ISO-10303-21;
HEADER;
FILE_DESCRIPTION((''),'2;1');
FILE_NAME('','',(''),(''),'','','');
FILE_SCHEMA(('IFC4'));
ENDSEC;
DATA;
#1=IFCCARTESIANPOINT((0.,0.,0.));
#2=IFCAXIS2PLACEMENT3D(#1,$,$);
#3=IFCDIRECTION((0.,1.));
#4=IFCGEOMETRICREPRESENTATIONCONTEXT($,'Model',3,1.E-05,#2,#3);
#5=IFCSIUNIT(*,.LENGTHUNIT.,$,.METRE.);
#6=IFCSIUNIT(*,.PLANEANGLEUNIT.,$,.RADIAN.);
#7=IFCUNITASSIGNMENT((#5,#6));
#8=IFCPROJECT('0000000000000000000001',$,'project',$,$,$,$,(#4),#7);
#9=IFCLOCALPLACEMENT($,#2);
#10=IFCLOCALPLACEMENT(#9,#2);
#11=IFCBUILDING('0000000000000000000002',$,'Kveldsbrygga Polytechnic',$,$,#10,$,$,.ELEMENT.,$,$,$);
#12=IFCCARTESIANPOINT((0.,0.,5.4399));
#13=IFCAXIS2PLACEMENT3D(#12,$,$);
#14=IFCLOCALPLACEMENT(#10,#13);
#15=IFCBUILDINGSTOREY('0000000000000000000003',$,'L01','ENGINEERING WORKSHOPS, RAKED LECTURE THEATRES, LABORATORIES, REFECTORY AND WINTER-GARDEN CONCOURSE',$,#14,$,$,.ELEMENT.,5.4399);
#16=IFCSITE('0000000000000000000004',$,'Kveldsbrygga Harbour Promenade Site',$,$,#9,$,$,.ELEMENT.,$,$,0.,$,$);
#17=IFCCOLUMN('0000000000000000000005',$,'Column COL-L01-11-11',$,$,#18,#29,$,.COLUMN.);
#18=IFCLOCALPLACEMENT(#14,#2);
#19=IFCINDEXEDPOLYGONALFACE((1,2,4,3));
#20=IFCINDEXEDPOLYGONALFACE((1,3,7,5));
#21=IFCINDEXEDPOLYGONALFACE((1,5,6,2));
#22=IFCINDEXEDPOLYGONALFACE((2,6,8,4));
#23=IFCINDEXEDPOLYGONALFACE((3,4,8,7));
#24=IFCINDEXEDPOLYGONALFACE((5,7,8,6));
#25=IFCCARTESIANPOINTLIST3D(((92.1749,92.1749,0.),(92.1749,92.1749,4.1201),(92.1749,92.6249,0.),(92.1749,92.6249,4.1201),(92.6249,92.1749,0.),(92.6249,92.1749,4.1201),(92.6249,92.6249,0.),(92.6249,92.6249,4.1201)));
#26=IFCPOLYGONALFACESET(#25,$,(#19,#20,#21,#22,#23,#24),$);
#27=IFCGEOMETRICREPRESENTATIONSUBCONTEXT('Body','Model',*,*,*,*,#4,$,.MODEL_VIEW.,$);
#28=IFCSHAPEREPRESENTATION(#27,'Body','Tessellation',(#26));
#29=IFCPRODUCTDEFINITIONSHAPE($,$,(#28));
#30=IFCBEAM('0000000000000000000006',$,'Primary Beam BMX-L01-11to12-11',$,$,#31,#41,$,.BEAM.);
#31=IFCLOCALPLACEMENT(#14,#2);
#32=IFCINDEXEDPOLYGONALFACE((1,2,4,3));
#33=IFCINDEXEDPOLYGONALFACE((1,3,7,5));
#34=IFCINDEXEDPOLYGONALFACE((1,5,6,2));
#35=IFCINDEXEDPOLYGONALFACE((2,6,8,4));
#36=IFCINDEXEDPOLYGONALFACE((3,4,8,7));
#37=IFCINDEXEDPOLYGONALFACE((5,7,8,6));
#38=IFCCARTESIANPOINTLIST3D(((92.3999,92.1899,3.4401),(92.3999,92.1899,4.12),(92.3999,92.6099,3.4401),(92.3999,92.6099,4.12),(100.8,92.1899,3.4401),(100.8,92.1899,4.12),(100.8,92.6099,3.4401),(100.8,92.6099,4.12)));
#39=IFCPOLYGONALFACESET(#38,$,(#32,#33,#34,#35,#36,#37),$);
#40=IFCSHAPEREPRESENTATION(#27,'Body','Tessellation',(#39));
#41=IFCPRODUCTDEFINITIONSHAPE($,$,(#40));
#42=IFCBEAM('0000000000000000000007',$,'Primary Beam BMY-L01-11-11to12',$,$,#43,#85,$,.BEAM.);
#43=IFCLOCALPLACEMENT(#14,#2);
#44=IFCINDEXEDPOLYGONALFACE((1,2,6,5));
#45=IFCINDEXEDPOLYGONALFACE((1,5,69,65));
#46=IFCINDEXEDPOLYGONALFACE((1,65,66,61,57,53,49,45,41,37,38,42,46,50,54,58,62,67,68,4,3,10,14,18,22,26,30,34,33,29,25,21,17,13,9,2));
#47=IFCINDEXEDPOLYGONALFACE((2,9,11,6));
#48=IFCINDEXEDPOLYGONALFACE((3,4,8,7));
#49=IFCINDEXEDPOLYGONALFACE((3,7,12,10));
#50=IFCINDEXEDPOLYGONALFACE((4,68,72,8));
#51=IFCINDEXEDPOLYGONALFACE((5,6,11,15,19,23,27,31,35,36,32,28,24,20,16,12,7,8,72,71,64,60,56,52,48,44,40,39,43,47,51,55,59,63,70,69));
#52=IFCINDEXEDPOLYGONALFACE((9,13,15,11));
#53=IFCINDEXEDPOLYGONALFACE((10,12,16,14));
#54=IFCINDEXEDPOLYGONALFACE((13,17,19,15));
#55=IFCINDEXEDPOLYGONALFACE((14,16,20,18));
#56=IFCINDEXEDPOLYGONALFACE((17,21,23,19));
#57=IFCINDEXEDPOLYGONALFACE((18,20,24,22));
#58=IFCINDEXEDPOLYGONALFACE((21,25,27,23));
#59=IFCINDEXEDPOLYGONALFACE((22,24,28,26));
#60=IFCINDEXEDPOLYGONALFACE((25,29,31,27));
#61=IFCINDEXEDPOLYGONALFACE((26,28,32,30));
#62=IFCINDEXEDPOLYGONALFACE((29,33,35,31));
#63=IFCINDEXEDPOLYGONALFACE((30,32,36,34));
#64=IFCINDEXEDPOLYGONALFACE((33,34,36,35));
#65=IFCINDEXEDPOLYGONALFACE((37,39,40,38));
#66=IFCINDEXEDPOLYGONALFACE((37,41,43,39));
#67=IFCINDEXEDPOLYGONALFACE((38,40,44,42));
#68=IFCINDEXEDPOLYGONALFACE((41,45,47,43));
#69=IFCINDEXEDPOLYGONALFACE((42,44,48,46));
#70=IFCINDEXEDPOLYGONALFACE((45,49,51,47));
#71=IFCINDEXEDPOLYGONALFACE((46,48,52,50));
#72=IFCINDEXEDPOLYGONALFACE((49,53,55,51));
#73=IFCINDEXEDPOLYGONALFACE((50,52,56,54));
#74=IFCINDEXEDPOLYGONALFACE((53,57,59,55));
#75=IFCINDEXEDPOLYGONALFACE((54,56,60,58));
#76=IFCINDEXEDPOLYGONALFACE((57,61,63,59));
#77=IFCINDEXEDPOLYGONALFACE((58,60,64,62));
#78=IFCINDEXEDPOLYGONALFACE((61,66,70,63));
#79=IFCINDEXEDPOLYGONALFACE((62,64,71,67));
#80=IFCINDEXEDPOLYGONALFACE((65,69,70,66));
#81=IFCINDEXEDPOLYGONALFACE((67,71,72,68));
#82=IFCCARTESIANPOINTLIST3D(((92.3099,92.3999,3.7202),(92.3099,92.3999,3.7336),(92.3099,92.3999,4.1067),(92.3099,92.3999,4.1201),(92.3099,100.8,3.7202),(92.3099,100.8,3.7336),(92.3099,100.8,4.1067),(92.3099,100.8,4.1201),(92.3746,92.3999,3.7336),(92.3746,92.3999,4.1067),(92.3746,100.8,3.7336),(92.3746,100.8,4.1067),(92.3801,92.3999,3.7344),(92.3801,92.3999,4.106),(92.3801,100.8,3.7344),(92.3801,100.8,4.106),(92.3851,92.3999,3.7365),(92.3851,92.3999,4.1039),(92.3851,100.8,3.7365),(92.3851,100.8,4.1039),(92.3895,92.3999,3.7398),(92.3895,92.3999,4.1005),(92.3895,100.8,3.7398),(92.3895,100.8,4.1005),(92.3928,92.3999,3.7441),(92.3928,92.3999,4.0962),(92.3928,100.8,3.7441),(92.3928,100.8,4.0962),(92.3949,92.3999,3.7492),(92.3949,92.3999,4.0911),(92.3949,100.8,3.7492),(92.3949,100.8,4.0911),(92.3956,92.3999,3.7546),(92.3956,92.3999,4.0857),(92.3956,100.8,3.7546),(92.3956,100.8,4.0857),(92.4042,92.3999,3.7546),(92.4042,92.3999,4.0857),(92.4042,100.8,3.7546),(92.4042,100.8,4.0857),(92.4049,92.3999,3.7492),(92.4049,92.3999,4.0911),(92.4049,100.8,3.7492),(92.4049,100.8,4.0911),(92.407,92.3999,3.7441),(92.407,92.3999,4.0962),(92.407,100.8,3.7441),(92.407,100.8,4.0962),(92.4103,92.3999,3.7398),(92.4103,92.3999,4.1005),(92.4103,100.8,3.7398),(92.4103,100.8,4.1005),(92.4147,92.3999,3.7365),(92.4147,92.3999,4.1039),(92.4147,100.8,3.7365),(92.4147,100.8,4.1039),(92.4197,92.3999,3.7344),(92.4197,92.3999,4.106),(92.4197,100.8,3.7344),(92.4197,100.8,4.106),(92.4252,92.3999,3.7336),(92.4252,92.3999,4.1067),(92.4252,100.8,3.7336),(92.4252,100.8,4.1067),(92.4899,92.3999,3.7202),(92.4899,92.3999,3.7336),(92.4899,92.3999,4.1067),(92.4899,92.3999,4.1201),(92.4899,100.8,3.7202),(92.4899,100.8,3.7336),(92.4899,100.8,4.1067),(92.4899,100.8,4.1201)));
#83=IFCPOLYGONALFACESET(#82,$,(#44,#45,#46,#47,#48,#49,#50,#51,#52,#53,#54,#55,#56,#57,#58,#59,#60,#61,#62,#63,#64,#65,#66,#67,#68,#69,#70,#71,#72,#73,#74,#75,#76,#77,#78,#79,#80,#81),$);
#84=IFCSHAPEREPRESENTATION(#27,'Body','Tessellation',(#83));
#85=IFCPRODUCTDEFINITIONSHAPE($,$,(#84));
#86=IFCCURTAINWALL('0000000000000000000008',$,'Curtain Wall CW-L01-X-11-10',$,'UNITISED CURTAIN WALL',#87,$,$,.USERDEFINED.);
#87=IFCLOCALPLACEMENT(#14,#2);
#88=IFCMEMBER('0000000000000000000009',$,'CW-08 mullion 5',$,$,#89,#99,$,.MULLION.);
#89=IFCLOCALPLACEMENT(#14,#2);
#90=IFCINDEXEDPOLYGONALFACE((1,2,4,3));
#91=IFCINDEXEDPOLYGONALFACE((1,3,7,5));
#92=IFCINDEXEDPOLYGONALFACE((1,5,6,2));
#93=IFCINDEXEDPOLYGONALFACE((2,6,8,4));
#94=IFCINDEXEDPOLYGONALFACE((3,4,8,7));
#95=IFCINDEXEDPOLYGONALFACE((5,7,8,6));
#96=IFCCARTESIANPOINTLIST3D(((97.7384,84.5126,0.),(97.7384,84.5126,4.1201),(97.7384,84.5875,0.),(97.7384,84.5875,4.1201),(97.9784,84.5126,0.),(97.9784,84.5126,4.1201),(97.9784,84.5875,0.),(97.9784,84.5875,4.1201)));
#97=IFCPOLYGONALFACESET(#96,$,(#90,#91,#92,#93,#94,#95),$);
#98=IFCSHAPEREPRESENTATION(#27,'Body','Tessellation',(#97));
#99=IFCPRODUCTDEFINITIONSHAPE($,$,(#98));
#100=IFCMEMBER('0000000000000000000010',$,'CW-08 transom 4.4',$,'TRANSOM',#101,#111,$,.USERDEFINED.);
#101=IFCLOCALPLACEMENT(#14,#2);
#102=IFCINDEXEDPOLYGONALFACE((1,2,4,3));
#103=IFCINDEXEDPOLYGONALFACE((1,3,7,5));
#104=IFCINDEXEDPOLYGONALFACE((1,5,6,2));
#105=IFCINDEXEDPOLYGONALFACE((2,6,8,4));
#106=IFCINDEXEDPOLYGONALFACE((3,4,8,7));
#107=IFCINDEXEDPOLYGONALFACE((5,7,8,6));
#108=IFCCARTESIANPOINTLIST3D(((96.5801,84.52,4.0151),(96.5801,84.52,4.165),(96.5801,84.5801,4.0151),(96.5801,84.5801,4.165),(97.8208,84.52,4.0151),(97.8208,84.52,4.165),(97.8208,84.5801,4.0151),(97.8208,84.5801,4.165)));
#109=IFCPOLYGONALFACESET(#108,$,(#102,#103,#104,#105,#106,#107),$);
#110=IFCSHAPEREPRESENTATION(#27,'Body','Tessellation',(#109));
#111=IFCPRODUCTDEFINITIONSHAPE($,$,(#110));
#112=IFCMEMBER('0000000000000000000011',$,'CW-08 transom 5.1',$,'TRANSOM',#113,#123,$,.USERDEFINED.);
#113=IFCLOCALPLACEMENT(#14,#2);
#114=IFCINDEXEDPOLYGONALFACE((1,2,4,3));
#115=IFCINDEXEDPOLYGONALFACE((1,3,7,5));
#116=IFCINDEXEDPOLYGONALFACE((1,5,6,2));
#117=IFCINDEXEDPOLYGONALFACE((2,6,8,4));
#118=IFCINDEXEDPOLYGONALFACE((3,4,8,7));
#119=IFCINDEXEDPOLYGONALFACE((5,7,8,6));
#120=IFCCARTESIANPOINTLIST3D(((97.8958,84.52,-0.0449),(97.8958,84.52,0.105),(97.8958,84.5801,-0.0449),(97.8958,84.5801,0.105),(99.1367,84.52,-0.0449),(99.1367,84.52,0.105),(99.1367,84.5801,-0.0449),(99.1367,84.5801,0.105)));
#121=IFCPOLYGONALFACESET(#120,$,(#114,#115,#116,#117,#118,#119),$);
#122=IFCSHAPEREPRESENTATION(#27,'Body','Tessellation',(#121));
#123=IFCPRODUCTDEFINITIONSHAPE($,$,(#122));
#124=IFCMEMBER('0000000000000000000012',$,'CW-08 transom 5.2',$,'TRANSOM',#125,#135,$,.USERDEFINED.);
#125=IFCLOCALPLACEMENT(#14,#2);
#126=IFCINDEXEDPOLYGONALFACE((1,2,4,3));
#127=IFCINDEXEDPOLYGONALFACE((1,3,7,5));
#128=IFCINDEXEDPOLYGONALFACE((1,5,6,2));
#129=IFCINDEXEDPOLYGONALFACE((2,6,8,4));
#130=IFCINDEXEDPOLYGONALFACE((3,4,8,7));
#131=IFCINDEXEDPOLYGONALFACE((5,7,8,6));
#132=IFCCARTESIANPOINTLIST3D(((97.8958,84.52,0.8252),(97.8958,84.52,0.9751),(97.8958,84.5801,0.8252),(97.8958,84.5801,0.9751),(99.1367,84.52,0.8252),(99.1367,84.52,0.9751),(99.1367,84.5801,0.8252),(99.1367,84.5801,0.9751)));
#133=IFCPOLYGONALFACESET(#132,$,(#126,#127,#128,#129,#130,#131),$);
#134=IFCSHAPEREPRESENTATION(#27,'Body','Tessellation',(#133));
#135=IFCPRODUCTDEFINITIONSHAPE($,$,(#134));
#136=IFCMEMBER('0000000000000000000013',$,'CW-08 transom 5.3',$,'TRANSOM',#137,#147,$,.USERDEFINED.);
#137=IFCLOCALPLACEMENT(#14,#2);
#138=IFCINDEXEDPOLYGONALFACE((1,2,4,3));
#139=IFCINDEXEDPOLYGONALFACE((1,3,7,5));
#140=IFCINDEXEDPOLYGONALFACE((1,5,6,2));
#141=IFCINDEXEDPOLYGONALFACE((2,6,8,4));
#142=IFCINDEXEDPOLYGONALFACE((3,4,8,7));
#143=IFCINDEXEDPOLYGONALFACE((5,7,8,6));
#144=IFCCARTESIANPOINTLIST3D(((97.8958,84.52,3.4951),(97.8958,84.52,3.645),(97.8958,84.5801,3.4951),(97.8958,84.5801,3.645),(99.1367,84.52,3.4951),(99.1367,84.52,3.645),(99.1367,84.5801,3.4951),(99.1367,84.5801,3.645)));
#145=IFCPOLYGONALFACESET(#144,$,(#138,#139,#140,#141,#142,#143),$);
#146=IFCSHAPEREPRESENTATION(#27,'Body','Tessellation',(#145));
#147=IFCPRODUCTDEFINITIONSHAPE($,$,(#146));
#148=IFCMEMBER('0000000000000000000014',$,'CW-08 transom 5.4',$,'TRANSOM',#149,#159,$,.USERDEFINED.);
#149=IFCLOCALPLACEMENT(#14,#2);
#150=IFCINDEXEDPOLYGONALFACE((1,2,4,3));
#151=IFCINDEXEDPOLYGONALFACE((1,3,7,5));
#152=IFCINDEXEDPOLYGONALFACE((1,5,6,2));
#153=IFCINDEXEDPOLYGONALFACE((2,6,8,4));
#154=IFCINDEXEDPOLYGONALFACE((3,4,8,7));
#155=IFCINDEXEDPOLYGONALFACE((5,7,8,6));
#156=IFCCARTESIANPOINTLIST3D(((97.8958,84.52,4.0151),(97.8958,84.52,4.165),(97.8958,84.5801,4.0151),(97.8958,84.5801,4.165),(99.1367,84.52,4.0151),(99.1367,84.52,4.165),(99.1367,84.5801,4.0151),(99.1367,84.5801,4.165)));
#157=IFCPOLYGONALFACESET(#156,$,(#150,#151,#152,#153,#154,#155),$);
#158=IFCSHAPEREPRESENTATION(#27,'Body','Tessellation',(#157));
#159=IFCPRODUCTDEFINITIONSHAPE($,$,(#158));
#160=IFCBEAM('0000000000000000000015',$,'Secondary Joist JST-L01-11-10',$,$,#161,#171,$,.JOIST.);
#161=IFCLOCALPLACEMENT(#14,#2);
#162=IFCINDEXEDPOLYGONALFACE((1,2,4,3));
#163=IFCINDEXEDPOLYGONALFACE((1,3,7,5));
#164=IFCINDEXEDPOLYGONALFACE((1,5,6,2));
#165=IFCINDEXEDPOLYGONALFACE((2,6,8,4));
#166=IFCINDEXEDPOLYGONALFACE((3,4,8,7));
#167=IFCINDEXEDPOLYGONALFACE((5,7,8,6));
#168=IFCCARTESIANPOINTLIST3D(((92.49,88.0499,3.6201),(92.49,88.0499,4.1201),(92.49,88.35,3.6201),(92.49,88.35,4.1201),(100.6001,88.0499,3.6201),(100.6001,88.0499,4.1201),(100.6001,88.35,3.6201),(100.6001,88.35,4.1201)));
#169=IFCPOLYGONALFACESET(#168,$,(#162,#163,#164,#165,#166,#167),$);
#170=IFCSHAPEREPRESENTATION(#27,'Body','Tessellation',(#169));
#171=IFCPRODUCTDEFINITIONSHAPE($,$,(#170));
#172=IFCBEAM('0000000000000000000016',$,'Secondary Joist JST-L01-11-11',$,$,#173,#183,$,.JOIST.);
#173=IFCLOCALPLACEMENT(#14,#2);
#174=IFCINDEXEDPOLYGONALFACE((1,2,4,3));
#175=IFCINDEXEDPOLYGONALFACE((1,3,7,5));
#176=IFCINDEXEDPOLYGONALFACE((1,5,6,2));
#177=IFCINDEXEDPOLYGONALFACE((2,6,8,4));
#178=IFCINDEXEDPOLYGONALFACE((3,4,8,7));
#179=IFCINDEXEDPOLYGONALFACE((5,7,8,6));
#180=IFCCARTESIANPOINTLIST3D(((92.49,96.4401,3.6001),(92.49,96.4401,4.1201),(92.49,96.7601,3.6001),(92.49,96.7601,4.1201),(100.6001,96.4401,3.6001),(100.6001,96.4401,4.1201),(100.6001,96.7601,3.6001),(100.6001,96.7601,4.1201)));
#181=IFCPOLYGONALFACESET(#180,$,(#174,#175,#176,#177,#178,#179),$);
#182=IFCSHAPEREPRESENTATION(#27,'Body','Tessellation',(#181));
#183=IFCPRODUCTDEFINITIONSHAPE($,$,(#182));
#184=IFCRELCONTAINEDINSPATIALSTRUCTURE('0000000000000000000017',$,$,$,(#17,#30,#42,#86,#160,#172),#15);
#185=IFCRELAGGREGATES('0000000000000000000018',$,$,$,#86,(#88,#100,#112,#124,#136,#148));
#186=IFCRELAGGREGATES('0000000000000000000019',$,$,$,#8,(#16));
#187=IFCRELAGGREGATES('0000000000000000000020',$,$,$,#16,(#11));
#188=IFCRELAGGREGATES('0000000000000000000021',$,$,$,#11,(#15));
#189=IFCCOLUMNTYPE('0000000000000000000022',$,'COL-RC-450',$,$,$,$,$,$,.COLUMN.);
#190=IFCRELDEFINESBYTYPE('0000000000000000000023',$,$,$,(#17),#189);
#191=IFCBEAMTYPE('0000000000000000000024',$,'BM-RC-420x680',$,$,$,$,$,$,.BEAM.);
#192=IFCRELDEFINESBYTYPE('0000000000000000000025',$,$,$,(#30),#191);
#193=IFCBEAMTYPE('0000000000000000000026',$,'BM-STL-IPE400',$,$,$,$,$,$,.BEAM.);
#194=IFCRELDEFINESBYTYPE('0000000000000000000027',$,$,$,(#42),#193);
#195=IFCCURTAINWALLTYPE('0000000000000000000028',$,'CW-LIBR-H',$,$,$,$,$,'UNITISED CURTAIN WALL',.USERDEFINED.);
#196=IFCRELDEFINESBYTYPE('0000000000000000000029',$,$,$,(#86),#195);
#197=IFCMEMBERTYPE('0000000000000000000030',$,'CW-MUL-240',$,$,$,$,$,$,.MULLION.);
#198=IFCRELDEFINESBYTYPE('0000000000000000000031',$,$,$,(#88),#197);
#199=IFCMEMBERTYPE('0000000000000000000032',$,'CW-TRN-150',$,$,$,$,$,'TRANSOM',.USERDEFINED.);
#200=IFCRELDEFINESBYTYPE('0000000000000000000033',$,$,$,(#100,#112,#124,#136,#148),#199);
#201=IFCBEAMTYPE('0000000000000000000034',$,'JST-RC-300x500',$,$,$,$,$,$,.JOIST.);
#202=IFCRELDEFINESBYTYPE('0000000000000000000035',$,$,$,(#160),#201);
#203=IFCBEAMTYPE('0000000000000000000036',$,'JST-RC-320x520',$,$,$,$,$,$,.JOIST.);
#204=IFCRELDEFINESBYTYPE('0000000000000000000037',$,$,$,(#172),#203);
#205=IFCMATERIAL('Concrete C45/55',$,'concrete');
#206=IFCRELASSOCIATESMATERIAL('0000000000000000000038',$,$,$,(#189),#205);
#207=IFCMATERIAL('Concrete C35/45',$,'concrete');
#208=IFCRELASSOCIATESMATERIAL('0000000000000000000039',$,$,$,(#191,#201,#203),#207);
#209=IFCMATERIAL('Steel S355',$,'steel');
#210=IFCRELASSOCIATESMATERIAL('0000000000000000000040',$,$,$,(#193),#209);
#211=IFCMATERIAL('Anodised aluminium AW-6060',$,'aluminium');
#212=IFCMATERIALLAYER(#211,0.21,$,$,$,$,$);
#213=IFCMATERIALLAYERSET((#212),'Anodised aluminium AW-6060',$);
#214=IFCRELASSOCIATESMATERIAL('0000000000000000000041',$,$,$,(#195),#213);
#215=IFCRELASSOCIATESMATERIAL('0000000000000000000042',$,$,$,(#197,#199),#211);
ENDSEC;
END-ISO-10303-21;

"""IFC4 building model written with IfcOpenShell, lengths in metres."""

from ifc_helpers import new_model, si_unit, direction, frame, origin, origin_2d, place, context, subcontext, project, spatial, rectangle, i_section, extrude, material, layer, layer_set, material_profile, profile_set, type_object, element, aggregate, save


model = new_model("IFC4")

# Units and contexts
model_context = context("Model", 3, precision=1e-05, world=origin(), true_north=direction((0.0, 1.0)))
body_context = subcontext(model_context, "Body", "Model", "MODEL_VIEW")
ifc_project = project(units=[si_unit("LENGTHUNIT", "METRE"), si_unit("PLANEANGLEUNIT", "RADIAN")], contexts=[model_context])

# Site, building, storey
site_placement = place(None, origin())
site = spatial("IfcSite", under=ifc_project, at=site_placement, Name="Kveldsbrygga Harbour Promenade Site", CompositionType="ELEMENT", RefElevation=0.0)
building_placement = place(site_placement, origin())
building = spatial("IfcBuilding", under=site, at=building_placement, Name="Kveldsbrygga Polytechnic", CompositionType="ELEMENT")
storey_placement = place(building_placement, frame((0.0, 0.0, 5.4399)))
storey = spatial("IfcBuildingStorey", under=building, at=storey_placement, Name="L01", Description="ENGINEERING WORKSHOPS, RAKED LECTURE THEATRES, LABORATORIES, REFECTORY AND WINTER-GARDEN CONCOURSE", CompositionType="ELEMENT", Elevation=5.4399)

# Column
ifc_material_1 = material(Name="Concrete C45/55", Category="concrete")
ifc_material_profile_1 = material_profile(ifc_material_1, rectangle(XDim=0.45, YDim=0.45, at=origin_2d()), Name="RC 450x450")
ifc_profile_set_1 = profile_set([ifc_material_profile_1], Name="Concrete C45/55")
column_type = type_object("IfcColumnType", Name="COL-RC-450", PredefinedType="COLUMN", material=ifc_profile_set_1)
column_placement = place(storey_placement, frame((92.3999, 92.3999, 0.0), z_axis=(0.0, 0.0, 1.0), x_axis=(1.0, 0.0, 0.0)))
element("IfcColumn", 1, at=column_placement, inside=storey, type_object=column_type, Name="Column COL-L01-11-11", PredefinedType="COLUMN", context=body_context, shape_type="SweptSolid", body=[
    extrude(rectangle(XDim=0.45, YDim=0.45, at=origin_2d()), origin(), (0.0, 0.0, 1.0), 4.1201),
])

# Beams
ifc_material_2 = material(Name="Concrete C35/45", Category="concrete")
ifc_material_profile_2 = material_profile(ifc_material_2, rectangle(XDim=0.4199, YDim=0.6799, at=origin_2d()), Name="RC 420x680")
ifc_profile_set_2 = profile_set([ifc_material_profile_2], Name="Concrete C35/45")
beam_type_1 = type_object("IfcBeamType", Name="BM-RC-420x680", PredefinedType="BEAM", material=ifc_profile_set_2)
beam_1_placement = place(storey_placement, frame((92.3999, 92.3999, 3.78), z_axis=(1.0, 0.0, 0.0), x_axis=(0.0, 1.0, 0.0)))
element("IfcBeam", 2, at=beam_1_placement, inside=storey, type_object=beam_type_1, Name="Primary Beam BMX-L01-11to12-11", PredefinedType="BEAM", context=body_context, shape_type="SweptSolid", body=[
    extrude(rectangle(XDim=0.4199, YDim=0.6799, at=origin_2d()), origin(), (0.0, 0.0, 1.0), 8.4001),
])
ifc_material_3 = material(Name="Steel S355", Category="steel")
ifc_material_profile_3 = material_profile(ifc_material_3, i_section(OverallWidth=0.1799, OverallDepth=0.3999, WebThickness=0.0085, FlangeThickness=0.0134, FilletRadius=0.021, at=origin_2d()), Name="IPE 400")
ifc_profile_set_3 = profile_set([ifc_material_profile_3], Name="Steel S355")
beam_type_2 = type_object("IfcBeamType", Name="BM-STL-IPE400", PredefinedType="BEAM", material=ifc_profile_set_3)
beam_2_placement = place(storey_placement, frame((92.3999, 92.3999, 3.9202), z_axis=(0.0, 1.0, 0.0), x_axis=(-1.0, 0.0, 0.0)))
element("IfcBeam", 3, at=beam_2_placement, inside=storey, type_object=beam_type_2, Name="Primary Beam BMY-L01-11-11to12", PredefinedType="BEAM", context=body_context, shape_type="SweptSolid", body=[
    extrude(i_section(OverallWidth=0.1799, OverallDepth=0.3999, WebThickness=0.0085, FlangeThickness=0.0134, FilletRadius=0.021, at=origin_2d()), origin(), (0.0, 0.0, 1.0), 8.4001),
])

# Curtain wall, members
ifc_material_4 = material(Name="Anodised aluminium AW-6060", Category="aluminium")
ifc_layer_1 = layer(ifc_material_4, 0.21)
ifc_layer_set_1 = layer_set([ifc_layer_1], Name="Anodised aluminium AW-6060")
curtain_wall_type_1 = type_object("IfcCurtainWallType", Name="CW-LIBR-H", ElementType="UNITISED CURTAIN WALL", PredefinedType="USERDEFINED", material=ifc_layer_set_1)
curtain_wall_1_placement = place(storey_placement, origin())
curtain_wall_1 = element("IfcCurtainWall", 4, at=curtain_wall_1_placement, inside=storey, type_object=curtain_wall_type_1, Name="Curtain Wall CW-L01-X-11-10", ObjectType="UNITISED CURTAIN WALL", PredefinedType="USERDEFINED")
ifc_material_profile_4 = material_profile(ifc_material_4, rectangle(XDim=0.075, YDim=0.24, at=origin_2d()), Name="ALU 75x240")
ifc_profile_set_4 = profile_set([ifc_material_profile_4], Name="Anodised aluminium AW-6060")
member_type_1 = type_object("IfcMemberType", Name="CW-MUL-240", PredefinedType="MULLION", material=ifc_profile_set_4)
member_1_placement = place(storey_placement, frame((97.8584, 84.55, 0.0), z_axis=(0.0, 0.0, 1.0), x_axis=(0.0, 1.0, 0.0)))
member_1 = element("IfcMember", 5, at=member_1_placement, type_object=member_type_1, Name="CW-08 mullion 5", PredefinedType="MULLION", context=body_context, shape_type="SweptSolid", body=[
    extrude(rectangle(XDim=0.075, YDim=0.24, at=origin_2d()), origin(), (0.0, 0.0, 1.0), 4.1201),
])
ifc_material_profile_5 = material_profile(ifc_material_4, rectangle(XDim=0.0601, YDim=0.1499, at=origin_2d()), Name="ALU 60x150")
ifc_profile_set_5 = profile_set([ifc_material_profile_5], Name="Anodised aluminium AW-6060")
member_type_2 = type_object("IfcMemberType", Name="CW-TRN-150", ElementType="TRANSOM", PredefinedType="USERDEFINED", material=ifc_profile_set_5)
member_2_placement = place(storey_placement, frame((96.5801, 84.55, 4.0901), z_axis=(1.0, 0.0, 0.0), x_axis=(0.0, 1.0, 0.0)))
member_2 = element("IfcMember", 6, at=member_2_placement, type_object=member_type_2, Name="CW-08 transom 4.4", ObjectType="TRANSOM", PredefinedType="USERDEFINED", context=body_context, shape_type="SweptSolid", body=[
    extrude(rectangle(XDim=0.0601, YDim=0.1499, at=origin_2d()), origin(), (0.0, 0.0, 1.0), 1.2407),
])
member_3_placement = place(storey_placement, frame((97.8958, 84.55, 0.03), z_axis=(1.0, 0.0, 0.0), x_axis=(0.0, 1.0, 0.0)))
member_3 = element("IfcMember", 7, at=member_3_placement, type_object=member_type_2, Name="CW-08 transom 5.1", ObjectType="TRANSOM", PredefinedType="USERDEFINED", context=body_context, shape_type="SweptSolid", body=[
    extrude(rectangle(XDim=0.0601, YDim=0.1499, at=origin_2d()), origin(), (0.0, 0.0, 1.0), 1.241),
])
member_4_placement = place(storey_placement, frame((97.8958, 84.55, 0.9001), z_axis=(1.0, 0.0, 0.0), x_axis=(0.0, 1.0, 0.0)))
member_4 = element("IfcMember", 8, at=member_4_placement, type_object=member_type_2, Name="CW-08 transom 5.2", ObjectType="TRANSOM", PredefinedType="USERDEFINED", context=body_context, shape_type="SweptSolid", body=[
    extrude(rectangle(XDim=0.0601, YDim=0.1499, at=origin_2d()), origin(), (0.0, 0.0, 1.0), 1.241),
])
member_5_placement = place(storey_placement, frame((97.8958, 84.55, 3.5701), z_axis=(1.0, 0.0, 0.0), x_axis=(0.0, 1.0, 0.0)))
member_5 = element("IfcMember", 9, at=member_5_placement, type_object=member_type_2, Name="CW-08 transom 5.3", ObjectType="TRANSOM", PredefinedType="USERDEFINED", context=body_context, shape_type="SweptSolid", body=[
    extrude(rectangle(XDim=0.0601, YDim=0.1499, at=origin_2d()), origin(), (0.0, 0.0, 1.0), 1.241),
])
member_6_placement = place(storey_placement, frame((97.8958, 84.55, 4.0901), z_axis=(1.0, 0.0, 0.0), x_axis=(0.0, 1.0, 0.0)))
member_6 = element("IfcMember", 10, at=member_6_placement, type_object=member_type_2, Name="CW-08 transom 5.4", ObjectType="TRANSOM", PredefinedType="USERDEFINED", context=body_context, shape_type="SweptSolid", body=[
    extrude(rectangle(XDim=0.0601, YDim=0.1499, at=origin_2d()), origin(), (0.0, 0.0, 1.0), 1.241),
])

# Beams
ifc_material_profile_6 = material_profile(ifc_material_2, rectangle(XDim=0.3, YDim=0.5, at=origin_2d()), Name="RC 300x500")
ifc_profile_set_6 = profile_set([ifc_material_profile_6], Name="Concrete C35/45")
beam_type_3 = type_object("IfcBeamType", Name="JST-RC-300x500", PredefinedType="JOIST", material=ifc_profile_set_6)
beam_3_placement = place(storey_placement, frame((92.49, 88.2, 3.8701), z_axis=(1.0, 0.0, 0.0), x_axis=(0.0, 1.0, 0.0)))
element("IfcBeam", 11, at=beam_3_placement, inside=storey, type_object=beam_type_3, Name="Secondary Joist JST-L01-11-10", PredefinedType="JOIST", context=body_context, shape_type="SweptSolid", body=[
    extrude(rectangle(XDim=0.3, YDim=0.5, at=origin_2d()), origin(), (0.0, 0.0, 1.0), 8.1101),
])
ifc_material_profile_7 = material_profile(ifc_material_2, rectangle(XDim=0.3201, YDim=0.52, at=origin_2d()), Name="RC 320x520")
ifc_profile_set_7 = profile_set([ifc_material_profile_7], Name="Concrete C35/45")
beam_type_4 = type_object("IfcBeamType", Name="JST-RC-320x520", PredefinedType="JOIST", material=ifc_profile_set_7)
beam_4_placement = place(storey_placement, frame((92.49, 96.6001, 3.8601), z_axis=(1.0, 0.0, 0.0), x_axis=(0.0, 1.0, 0.0)))
element("IfcBeam", 12, at=beam_4_placement, inside=storey, type_object=beam_type_4, Name="Secondary Joist JST-L01-11-11", PredefinedType="JOIST", context=body_context, shape_type="SweptSolid", body=[
    extrude(rectangle(XDim=0.3201, YDim=0.52, at=origin_2d()), origin(), (0.0, 0.0, 1.0), 8.1101),
])

aggregate(curtain_wall_1, [member_1, member_2, member_3, member_4, member_5, member_6])

save(model, "model.ifc")
